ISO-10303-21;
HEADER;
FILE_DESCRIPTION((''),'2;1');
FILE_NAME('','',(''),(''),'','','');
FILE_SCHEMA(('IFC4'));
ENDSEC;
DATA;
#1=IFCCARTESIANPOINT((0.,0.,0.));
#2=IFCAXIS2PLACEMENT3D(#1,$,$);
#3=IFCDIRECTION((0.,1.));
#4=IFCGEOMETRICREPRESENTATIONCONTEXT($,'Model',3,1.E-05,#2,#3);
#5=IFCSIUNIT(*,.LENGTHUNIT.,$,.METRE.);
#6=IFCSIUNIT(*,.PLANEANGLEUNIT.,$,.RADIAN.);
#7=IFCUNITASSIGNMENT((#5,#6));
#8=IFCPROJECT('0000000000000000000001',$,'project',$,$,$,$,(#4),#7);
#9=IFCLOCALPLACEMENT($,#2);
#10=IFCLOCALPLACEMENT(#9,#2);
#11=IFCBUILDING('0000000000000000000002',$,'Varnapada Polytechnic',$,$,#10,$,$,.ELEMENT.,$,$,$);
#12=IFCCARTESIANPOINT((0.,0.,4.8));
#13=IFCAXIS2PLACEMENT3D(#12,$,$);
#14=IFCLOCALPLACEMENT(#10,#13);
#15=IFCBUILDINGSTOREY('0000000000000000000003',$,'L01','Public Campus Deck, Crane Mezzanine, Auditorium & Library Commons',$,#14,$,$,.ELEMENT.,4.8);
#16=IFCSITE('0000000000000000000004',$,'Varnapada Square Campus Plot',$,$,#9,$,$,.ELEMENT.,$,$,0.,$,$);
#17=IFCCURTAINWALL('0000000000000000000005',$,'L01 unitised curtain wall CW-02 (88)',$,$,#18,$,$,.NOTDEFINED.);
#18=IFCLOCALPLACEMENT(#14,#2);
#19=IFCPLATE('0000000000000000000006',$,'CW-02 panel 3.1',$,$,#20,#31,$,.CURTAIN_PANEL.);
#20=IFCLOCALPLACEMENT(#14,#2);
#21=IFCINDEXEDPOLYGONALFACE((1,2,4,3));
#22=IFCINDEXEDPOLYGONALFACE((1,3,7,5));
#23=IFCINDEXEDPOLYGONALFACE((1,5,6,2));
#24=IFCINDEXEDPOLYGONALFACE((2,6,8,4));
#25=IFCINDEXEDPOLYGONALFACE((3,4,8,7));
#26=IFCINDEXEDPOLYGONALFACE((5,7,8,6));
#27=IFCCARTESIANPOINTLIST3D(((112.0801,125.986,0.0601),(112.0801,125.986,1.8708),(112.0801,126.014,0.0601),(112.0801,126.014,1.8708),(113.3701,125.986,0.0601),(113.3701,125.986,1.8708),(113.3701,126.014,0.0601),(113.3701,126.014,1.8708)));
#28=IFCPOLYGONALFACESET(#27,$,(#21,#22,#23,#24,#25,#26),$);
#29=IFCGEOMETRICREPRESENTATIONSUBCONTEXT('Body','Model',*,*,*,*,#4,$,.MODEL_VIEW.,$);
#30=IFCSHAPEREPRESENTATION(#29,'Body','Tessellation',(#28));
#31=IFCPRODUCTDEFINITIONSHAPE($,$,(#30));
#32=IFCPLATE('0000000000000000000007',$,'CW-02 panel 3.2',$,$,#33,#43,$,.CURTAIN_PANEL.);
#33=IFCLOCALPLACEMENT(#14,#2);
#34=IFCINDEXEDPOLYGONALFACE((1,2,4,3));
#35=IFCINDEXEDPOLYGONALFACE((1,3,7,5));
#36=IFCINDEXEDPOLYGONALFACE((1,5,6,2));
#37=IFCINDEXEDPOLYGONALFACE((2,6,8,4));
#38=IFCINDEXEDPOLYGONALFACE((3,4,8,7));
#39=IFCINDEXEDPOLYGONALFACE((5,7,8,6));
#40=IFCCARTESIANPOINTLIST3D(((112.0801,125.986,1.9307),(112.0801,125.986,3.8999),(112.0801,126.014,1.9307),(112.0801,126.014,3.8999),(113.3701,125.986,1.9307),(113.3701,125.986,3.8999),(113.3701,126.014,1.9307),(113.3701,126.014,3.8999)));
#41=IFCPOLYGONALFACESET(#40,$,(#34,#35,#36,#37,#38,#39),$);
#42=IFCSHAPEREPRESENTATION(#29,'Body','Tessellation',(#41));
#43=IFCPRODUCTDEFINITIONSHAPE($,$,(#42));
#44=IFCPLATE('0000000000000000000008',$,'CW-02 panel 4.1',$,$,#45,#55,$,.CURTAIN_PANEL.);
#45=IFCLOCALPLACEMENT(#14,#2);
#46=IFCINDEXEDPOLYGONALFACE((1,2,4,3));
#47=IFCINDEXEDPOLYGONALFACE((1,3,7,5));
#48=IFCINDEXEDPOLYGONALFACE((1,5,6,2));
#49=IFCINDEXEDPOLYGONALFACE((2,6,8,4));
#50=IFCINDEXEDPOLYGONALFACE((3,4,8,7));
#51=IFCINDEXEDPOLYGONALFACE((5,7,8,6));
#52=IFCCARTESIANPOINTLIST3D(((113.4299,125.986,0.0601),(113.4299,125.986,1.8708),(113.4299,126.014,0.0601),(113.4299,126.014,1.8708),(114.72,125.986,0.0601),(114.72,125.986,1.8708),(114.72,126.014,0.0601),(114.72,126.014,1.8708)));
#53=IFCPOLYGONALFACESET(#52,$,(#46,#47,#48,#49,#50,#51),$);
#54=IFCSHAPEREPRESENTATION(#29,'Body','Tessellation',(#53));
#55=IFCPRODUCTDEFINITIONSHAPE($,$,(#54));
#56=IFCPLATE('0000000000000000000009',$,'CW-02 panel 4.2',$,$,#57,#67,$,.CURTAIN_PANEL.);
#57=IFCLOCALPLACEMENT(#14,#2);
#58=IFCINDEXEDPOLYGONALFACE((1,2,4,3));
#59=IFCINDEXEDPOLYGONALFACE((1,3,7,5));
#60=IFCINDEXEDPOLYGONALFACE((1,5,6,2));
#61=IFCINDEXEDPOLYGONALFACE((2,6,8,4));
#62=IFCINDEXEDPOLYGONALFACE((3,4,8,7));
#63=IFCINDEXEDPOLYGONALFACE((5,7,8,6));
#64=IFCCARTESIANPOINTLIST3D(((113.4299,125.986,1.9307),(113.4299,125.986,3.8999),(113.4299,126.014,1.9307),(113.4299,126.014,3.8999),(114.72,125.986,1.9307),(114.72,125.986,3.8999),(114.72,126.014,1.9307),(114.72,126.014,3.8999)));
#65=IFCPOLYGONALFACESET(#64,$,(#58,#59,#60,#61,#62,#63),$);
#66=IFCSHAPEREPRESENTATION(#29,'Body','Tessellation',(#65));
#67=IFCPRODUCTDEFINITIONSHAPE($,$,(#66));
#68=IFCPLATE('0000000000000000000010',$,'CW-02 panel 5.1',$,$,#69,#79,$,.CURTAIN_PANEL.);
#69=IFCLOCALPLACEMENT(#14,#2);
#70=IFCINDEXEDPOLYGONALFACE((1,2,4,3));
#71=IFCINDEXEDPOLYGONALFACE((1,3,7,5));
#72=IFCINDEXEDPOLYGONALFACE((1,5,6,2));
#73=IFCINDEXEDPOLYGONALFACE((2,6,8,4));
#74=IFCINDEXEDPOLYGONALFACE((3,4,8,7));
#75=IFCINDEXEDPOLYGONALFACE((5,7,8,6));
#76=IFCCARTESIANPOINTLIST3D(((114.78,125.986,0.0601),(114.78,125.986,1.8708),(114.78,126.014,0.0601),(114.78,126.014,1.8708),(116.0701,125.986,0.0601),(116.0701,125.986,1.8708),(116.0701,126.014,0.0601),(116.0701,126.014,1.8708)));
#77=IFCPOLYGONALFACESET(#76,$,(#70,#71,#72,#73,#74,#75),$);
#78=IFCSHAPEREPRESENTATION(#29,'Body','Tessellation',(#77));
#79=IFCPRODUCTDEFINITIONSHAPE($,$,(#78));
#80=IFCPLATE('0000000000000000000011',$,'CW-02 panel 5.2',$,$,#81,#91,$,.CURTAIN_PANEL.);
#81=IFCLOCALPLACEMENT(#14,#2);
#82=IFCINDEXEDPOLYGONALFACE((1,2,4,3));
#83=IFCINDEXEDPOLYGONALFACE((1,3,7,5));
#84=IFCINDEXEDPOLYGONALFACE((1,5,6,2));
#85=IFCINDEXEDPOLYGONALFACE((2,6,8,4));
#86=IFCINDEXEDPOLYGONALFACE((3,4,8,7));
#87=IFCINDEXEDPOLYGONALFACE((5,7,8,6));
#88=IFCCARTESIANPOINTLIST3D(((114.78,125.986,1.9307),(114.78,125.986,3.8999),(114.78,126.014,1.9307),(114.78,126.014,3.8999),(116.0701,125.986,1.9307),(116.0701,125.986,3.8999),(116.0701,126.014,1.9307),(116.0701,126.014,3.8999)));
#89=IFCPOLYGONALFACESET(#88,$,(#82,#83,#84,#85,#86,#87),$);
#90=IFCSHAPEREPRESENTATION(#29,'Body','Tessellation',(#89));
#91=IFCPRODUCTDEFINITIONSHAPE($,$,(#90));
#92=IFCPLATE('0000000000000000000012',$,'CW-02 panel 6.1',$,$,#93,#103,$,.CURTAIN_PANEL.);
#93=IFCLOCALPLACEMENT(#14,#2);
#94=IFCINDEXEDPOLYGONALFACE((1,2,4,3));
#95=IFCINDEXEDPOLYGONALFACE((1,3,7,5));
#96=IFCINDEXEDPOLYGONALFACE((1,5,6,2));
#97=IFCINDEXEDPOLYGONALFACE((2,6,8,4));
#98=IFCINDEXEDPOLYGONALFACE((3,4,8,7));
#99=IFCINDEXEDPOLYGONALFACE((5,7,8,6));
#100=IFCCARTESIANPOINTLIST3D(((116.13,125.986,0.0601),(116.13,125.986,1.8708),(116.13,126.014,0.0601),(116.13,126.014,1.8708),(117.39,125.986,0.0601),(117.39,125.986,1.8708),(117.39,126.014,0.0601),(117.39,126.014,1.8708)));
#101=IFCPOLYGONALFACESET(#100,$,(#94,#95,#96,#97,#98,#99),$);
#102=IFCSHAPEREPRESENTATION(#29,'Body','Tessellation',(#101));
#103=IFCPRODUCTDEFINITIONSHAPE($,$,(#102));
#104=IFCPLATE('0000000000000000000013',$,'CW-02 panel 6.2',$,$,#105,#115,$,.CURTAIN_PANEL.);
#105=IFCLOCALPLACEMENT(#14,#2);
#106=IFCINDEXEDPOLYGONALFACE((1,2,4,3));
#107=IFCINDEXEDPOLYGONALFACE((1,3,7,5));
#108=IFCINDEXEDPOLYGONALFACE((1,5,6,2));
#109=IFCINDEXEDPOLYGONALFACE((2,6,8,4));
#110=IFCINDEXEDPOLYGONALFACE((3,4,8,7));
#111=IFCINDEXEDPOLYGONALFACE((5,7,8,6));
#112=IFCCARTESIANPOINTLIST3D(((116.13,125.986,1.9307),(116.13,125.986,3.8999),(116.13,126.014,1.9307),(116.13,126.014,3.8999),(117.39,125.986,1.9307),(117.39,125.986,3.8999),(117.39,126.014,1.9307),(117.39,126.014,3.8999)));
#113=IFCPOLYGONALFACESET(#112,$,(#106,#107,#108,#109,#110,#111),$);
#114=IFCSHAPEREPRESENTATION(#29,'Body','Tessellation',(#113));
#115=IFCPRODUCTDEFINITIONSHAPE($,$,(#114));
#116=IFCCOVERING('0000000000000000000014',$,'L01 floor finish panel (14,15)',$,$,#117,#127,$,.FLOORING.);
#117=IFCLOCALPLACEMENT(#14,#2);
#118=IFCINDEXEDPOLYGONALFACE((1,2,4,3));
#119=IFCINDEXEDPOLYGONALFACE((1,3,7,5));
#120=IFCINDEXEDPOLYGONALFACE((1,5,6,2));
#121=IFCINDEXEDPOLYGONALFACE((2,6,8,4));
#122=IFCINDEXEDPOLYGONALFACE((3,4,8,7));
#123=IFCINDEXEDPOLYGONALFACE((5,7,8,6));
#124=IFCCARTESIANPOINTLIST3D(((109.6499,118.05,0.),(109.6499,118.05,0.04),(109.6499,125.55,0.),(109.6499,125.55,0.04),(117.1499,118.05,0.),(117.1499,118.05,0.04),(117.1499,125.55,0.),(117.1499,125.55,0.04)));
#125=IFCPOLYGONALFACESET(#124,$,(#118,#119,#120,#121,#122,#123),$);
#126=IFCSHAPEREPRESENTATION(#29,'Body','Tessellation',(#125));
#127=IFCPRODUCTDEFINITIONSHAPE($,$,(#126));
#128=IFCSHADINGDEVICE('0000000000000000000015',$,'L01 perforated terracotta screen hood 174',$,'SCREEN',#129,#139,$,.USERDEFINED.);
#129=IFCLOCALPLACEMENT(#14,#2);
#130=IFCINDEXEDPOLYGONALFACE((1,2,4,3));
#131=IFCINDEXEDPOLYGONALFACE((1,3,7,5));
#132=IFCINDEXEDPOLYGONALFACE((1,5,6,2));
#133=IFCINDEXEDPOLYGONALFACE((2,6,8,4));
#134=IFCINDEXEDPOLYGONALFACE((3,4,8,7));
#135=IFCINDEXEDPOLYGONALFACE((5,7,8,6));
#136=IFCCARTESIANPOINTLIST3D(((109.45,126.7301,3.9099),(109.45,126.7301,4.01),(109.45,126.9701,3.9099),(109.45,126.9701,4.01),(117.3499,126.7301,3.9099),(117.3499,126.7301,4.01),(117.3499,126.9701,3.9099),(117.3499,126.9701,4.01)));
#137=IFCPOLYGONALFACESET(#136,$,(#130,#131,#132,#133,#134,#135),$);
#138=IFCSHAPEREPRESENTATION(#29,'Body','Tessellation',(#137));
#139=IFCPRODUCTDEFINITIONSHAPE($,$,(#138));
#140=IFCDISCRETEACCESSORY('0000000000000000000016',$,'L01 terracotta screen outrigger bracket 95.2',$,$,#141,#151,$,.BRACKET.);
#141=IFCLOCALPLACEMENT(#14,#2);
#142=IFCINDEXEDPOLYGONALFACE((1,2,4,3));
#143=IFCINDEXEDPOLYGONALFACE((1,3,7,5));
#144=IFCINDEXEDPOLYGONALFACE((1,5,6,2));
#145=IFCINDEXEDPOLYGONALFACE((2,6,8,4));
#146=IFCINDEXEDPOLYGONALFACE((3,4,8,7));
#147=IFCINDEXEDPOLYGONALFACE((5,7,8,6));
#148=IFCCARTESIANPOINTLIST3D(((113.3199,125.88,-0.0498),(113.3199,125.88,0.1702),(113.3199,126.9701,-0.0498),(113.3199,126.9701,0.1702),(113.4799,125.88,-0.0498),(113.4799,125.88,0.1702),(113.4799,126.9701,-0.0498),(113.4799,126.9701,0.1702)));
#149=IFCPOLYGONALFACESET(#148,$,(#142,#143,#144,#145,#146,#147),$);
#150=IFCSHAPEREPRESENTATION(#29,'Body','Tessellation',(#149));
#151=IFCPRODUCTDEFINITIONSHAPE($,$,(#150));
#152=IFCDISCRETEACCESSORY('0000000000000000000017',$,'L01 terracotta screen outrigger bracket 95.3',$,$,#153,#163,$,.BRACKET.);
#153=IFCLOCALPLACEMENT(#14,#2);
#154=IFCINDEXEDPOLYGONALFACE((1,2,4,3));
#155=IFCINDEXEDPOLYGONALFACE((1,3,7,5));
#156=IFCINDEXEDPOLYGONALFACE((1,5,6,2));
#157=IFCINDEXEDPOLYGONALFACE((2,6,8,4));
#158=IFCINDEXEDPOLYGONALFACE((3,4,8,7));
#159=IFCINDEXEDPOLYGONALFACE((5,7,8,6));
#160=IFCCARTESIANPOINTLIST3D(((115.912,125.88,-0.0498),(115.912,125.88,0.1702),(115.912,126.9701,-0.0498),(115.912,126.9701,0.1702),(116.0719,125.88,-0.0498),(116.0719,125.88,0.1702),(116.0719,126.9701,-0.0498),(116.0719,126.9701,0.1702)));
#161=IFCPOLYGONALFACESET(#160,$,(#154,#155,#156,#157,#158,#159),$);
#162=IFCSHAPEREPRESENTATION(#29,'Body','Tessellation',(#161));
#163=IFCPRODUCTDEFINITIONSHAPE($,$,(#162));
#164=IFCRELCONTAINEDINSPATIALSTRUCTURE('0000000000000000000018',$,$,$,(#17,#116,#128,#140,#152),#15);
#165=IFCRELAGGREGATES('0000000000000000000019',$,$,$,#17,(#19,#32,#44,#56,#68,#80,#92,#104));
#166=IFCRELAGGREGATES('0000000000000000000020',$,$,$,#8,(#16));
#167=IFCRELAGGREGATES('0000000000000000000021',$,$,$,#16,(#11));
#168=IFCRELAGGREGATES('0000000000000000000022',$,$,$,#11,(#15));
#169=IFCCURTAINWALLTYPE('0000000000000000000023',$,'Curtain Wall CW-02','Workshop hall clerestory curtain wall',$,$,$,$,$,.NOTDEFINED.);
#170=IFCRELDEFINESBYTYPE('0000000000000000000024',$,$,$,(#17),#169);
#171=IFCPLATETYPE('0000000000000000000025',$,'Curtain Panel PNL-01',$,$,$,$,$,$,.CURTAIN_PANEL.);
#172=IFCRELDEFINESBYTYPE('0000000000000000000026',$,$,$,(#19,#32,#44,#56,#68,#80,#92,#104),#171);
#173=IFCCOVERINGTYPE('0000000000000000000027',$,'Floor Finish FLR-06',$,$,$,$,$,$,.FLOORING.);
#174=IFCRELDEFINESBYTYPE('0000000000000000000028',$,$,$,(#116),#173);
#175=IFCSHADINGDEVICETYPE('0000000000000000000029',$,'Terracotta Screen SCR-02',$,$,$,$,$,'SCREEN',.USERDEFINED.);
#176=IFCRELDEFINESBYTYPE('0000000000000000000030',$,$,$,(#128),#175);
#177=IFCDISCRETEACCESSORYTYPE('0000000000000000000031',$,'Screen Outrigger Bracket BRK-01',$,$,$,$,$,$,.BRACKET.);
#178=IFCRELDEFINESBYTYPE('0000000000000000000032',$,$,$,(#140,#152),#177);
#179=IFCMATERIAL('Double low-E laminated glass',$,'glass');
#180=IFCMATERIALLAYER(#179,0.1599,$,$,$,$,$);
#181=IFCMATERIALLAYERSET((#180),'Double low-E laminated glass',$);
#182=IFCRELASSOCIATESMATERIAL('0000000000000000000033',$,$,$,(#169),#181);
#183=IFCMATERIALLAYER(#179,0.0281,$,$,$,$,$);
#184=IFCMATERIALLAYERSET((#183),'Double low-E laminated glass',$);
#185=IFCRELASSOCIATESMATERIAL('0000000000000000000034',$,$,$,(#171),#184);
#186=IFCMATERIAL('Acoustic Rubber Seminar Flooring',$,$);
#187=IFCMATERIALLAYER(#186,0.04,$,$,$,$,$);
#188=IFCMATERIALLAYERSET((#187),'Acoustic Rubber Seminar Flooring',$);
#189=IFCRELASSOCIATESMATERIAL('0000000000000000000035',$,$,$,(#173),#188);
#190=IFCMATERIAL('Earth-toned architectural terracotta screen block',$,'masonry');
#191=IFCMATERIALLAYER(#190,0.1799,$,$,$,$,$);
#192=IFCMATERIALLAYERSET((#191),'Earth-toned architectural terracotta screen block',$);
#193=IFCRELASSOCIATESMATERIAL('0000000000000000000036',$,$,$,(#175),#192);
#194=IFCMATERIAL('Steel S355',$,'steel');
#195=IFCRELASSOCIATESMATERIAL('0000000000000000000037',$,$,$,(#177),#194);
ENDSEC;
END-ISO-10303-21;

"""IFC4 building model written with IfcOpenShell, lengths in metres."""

from ifc_helpers import new_model, si_unit, direction, frame, origin, origin_2d, place, context, subcontext, project, spatial, rectangle, extrude, material, layer, layer_set, type_object, element, aggregate, save


model = new_model("IFC4")

# Units and contexts
model_context = context("Model", 3, precision=1e-05, world=origin(), true_north=direction((0.0, 1.0)))
body_context = subcontext(model_context, "Body", "Model", "MODEL_VIEW")
ifc_project = project(units=[si_unit("LENGTHUNIT", "METRE"), si_unit("PLANEANGLEUNIT", "RADIAN")], contexts=[model_context])

# Site, building, storey
site_placement = place(None, origin())
site = spatial("IfcSite", under=ifc_project, at=site_placement, Name="Varnapada Square Campus Plot", CompositionType="ELEMENT", RefElevation=0.0)
building_placement = place(site_placement, origin())
building = spatial("IfcBuilding", under=site, at=building_placement, Name="Varnapada Polytechnic", CompositionType="ELEMENT")
storey_placement = place(building_placement, frame((0.0, 0.0, 4.8)))
storey = spatial("IfcBuildingStorey", under=building, at=storey_placement, Name="L01", Description="Public Campus Deck, Crane Mezzanine, Auditorium & Library Commons", CompositionType="ELEMENT", Elevation=4.8)

# Shared definitions
ifc_material_1 = material(Name="Double low-E laminated glass", Category="glass")
ifc_layer_1 = layer(ifc_material_1, 0.1599)
ifc_layer_set_1 = layer_set([ifc_layer_1], Name="Double low-E laminated glass")
curtain_wall_type = type_object("IfcCurtainWallType", Name="Curtain Wall CW-02", Description="Workshop hall clerestory curtain wall", PredefinedType="NOTDEFINED", material=ifc_layer_set_1)

# Curtain wall
curtain_wall_1_placement = place(storey_placement, origin())
curtain_wall_1 = element("IfcCurtainWall", 1, at=curtain_wall_1_placement, inside=storey, type_object=curtain_wall_type, Name="L01 unitised curtain wall CW-02 (88)", PredefinedType="NOTDEFINED")

# Plates
ifc_layer_2 = layer(ifc_material_1, 0.0281)
ifc_layer_set_2 = layer_set([ifc_layer_2], Name="Double low-E laminated glass")
plate_type = type_object("IfcPlateType", Name="Curtain Panel PNL-01", PredefinedType="CURTAIN_PANEL", material=ifc_layer_set_2)
plate_1_placement = place(storey_placement, frame((112.7251, 126.0, 0.0601), z_axis=(0.0, 0.0, 1.0), x_axis=(1.0, 0.0, 0.0)))
plate_1 = element("IfcPlate", 2, at=plate_1_placement, type_object=plate_type, Name="CW-02 panel 3.1", PredefinedType="CURTAIN_PANEL", context=body_context, shape_type="SweptSolid", body=[
    extrude(rectangle(XDim=1.29, YDim=0.0281, at=origin_2d()), origin(), (0.0, 0.0, 1.0), 1.8108),
])
plate_2_placement = place(storey_placement, frame((112.7251, 126.0, 1.9307), z_axis=(0.0, 0.0, 1.0), x_axis=(1.0, 0.0, 0.0)))
plate_2 = element("IfcPlate", 3, at=plate_2_placement, type_object=plate_type, Name="CW-02 panel 3.2", PredefinedType="CURTAIN_PANEL", context=body_context, shape_type="SweptSolid", body=[
    extrude(rectangle(XDim=1.29, YDim=0.0281, at=origin_2d()), origin(), (0.0, 0.0, 1.0), 1.9692),
])
plate_3_placement = place(storey_placement, frame((114.075, 126.0, 0.0601), z_axis=(0.0, 0.0, 1.0), x_axis=(1.0, 0.0, 0.0)))
plate_3 = element("IfcPlate", 4, at=plate_3_placement, type_object=plate_type, Name="CW-02 panel 4.1", PredefinedType="CURTAIN_PANEL", context=body_context, shape_type="SweptSolid", body=[
    extrude(rectangle(XDim=1.29, YDim=0.0281, at=origin_2d()), origin(), (0.0, 0.0, 1.0), 1.8108),
])
plate_4_placement = place(storey_placement, frame((114.075, 126.0, 1.9307), z_axis=(0.0, 0.0, 1.0), x_axis=(1.0, 0.0, 0.0)))
plate_4 = element("IfcPlate", 5, at=plate_4_placement, type_object=plate_type, Name="CW-02 panel 4.2", PredefinedType="CURTAIN_PANEL", context=body_context, shape_type="SweptSolid", body=[
    extrude(rectangle(XDim=1.29, YDim=0.0281, at=origin_2d()), origin(), (0.0, 0.0, 1.0), 1.9692),
])
plate_5_placement = place(storey_placement, frame((115.425, 126.0, 0.0601), z_axis=(0.0, 0.0, 1.0), x_axis=(1.0, 0.0, 0.0)))
plate_5 = element("IfcPlate", 6, at=plate_5_placement, type_object=plate_type, Name="CW-02 panel 5.1", PredefinedType="CURTAIN_PANEL", context=body_context, shape_type="SweptSolid", body=[
    extrude(rectangle(XDim=1.29, YDim=0.0281, at=origin_2d()), origin(), (0.0, 0.0, 1.0), 1.8108),
])
plate_6_placement = place(storey_placement, frame((115.425, 126.0, 1.9307), z_axis=(0.0, 0.0, 1.0), x_axis=(1.0, 0.0, 0.0)))
plate_6 = element("IfcPlate", 7, at=plate_6_placement, type_object=plate_type, Name="CW-02 panel 5.2", PredefinedType="CURTAIN_PANEL", context=body_context, shape_type="SweptSolid", body=[
    extrude(rectangle(XDim=1.29, YDim=0.0281, at=origin_2d()), origin(), (0.0, 0.0, 1.0), 1.9692),
])
plate_7_placement = place(storey_placement, frame((116.76, 126.0, 0.0601), z_axis=(0.0, 0.0, 1.0), x_axis=(1.0, 0.0, 0.0)))
plate_7 = element("IfcPlate", 8, at=plate_7_placement, type_object=plate_type, Name="CW-02 panel 6.1", PredefinedType="CURTAIN_PANEL", context=body_context, shape_type="SweptSolid", body=[
    extrude(rectangle(XDim=1.26, YDim=0.0281, at=origin_2d()), origin(), (0.0, 0.0, 1.0), 1.8108),
])
plate_8_placement = place(storey_placement, frame((116.76, 126.0, 1.9307), z_axis=(0.0, 0.0, 1.0), x_axis=(1.0, 0.0, 0.0)))
plate_8 = element("IfcPlate", 9, at=plate_8_placement, type_object=plate_type, Name="CW-02 panel 6.2", PredefinedType="CURTAIN_PANEL", context=body_context, shape_type="SweptSolid", body=[
    extrude(rectangle(XDim=1.26, YDim=0.0281, at=origin_2d()), origin(), (0.0, 0.0, 1.0), 1.9692),
])
aggregate(curtain_wall_1, [plate_1, plate_2, plate_3, plate_4, plate_5, plate_6, plate_7, plate_8])

# Covering
ifc_material_2 = material(Name="Acoustic Rubber Seminar Flooring")
ifc_layer_3 = layer(ifc_material_2, 0.04)
ifc_layer_set_3 = layer_set([ifc_layer_3], Name="Acoustic Rubber Seminar Flooring")
covering_type = type_object("IfcCoveringType", Name="Floor Finish FLR-06", PredefinedType="FLOORING", material=ifc_layer_set_3)
covering_placement = place(storey_placement, frame((113.3999, 121.8, 0.0), z_axis=(0.0, 0.0, 1.0), x_axis=(1.0, 0.0, 0.0)))
element("IfcCovering", 10, at=covering_placement, inside=storey, type_object=covering_type, Name="L01 floor finish panel (14,15)", PredefinedType="FLOORING", context=body_context, shape_type="SweptSolid", body=[
    extrude(rectangle(XDim=7.5, YDim=7.5, at=origin_2d()), origin(), (0.0, 0.0, 1.0), 0.04),
])

# Shading device
ifc_material_3 = material(Name="Earth-toned architectural terracotta screen block", Category="masonry")
ifc_layer_4 = layer(ifc_material_3, 0.1799)
ifc_layer_set_4 = layer_set([ifc_layer_4], Name="Earth-toned architectural terracotta screen block")
shading_device_type = type_object("IfcShadingDeviceType", Name="Terracotta Screen SCR-02", ElementType="SCREEN", PredefinedType="USERDEFINED", material=ifc_layer_set_4)
shading_device_placement = place(storey_placement, frame((113.3999, 126.8501, 3.9099), z_axis=(0.0, 0.0, 1.0), x_axis=(1.0, 0.0, 0.0)))
element("IfcShadingDevice", 11, at=shading_device_placement, inside=storey, type_object=shading_device_type, Name="L01 perforated terracotta screen hood 174", ObjectType="SCREEN", PredefinedType="USERDEFINED", context=body_context, shape_type="SweptSolid", body=[
    extrude(rectangle(XDim=7.8999, YDim=0.24, at=origin_2d()), origin(), (0.0, 0.0, 1.0), 0.1001),
])

# Discrete accessories
ifc_material_4 = material(Name="Steel S355", Category="steel")
discrete_accessory_type = type_object("IfcDiscreteAccessoryType", Name="Screen Outrigger Bracket BRK-01", PredefinedType="BRACKET", material=ifc_material_4)
for number, where, z_axis, x_axis, name in (
    (12, (113.3999, 126.425, -0.0498), (0.0, 0.0, 1.0), (1.0, 0.0, 0.0), "L01 terracotta screen outrigger bracket 95.2"),
    (13, (115.9919, 126.425, -0.0498), (0.0, 0.0, 1.0), (1.0, 0.0, 0.0), "L01 terracotta screen outrigger bracket 95.3"),
):
    element("IfcDiscreteAccessory", number, at=place(storey_placement, frame(where, z_axis=z_axis, x_axis=x_axis)), inside=storey, type_object=discrete_accessory_type, Name=name, PredefinedType="BRACKET", context=body_context, shape_type="SweptSolid", body=[
        extrude(rectangle(XDim=0.1599, YDim=1.0901, at=origin_2d()), origin(), (0.0, 0.0, 1.0), 0.22),
    ])

save(model, "model.ifc")
